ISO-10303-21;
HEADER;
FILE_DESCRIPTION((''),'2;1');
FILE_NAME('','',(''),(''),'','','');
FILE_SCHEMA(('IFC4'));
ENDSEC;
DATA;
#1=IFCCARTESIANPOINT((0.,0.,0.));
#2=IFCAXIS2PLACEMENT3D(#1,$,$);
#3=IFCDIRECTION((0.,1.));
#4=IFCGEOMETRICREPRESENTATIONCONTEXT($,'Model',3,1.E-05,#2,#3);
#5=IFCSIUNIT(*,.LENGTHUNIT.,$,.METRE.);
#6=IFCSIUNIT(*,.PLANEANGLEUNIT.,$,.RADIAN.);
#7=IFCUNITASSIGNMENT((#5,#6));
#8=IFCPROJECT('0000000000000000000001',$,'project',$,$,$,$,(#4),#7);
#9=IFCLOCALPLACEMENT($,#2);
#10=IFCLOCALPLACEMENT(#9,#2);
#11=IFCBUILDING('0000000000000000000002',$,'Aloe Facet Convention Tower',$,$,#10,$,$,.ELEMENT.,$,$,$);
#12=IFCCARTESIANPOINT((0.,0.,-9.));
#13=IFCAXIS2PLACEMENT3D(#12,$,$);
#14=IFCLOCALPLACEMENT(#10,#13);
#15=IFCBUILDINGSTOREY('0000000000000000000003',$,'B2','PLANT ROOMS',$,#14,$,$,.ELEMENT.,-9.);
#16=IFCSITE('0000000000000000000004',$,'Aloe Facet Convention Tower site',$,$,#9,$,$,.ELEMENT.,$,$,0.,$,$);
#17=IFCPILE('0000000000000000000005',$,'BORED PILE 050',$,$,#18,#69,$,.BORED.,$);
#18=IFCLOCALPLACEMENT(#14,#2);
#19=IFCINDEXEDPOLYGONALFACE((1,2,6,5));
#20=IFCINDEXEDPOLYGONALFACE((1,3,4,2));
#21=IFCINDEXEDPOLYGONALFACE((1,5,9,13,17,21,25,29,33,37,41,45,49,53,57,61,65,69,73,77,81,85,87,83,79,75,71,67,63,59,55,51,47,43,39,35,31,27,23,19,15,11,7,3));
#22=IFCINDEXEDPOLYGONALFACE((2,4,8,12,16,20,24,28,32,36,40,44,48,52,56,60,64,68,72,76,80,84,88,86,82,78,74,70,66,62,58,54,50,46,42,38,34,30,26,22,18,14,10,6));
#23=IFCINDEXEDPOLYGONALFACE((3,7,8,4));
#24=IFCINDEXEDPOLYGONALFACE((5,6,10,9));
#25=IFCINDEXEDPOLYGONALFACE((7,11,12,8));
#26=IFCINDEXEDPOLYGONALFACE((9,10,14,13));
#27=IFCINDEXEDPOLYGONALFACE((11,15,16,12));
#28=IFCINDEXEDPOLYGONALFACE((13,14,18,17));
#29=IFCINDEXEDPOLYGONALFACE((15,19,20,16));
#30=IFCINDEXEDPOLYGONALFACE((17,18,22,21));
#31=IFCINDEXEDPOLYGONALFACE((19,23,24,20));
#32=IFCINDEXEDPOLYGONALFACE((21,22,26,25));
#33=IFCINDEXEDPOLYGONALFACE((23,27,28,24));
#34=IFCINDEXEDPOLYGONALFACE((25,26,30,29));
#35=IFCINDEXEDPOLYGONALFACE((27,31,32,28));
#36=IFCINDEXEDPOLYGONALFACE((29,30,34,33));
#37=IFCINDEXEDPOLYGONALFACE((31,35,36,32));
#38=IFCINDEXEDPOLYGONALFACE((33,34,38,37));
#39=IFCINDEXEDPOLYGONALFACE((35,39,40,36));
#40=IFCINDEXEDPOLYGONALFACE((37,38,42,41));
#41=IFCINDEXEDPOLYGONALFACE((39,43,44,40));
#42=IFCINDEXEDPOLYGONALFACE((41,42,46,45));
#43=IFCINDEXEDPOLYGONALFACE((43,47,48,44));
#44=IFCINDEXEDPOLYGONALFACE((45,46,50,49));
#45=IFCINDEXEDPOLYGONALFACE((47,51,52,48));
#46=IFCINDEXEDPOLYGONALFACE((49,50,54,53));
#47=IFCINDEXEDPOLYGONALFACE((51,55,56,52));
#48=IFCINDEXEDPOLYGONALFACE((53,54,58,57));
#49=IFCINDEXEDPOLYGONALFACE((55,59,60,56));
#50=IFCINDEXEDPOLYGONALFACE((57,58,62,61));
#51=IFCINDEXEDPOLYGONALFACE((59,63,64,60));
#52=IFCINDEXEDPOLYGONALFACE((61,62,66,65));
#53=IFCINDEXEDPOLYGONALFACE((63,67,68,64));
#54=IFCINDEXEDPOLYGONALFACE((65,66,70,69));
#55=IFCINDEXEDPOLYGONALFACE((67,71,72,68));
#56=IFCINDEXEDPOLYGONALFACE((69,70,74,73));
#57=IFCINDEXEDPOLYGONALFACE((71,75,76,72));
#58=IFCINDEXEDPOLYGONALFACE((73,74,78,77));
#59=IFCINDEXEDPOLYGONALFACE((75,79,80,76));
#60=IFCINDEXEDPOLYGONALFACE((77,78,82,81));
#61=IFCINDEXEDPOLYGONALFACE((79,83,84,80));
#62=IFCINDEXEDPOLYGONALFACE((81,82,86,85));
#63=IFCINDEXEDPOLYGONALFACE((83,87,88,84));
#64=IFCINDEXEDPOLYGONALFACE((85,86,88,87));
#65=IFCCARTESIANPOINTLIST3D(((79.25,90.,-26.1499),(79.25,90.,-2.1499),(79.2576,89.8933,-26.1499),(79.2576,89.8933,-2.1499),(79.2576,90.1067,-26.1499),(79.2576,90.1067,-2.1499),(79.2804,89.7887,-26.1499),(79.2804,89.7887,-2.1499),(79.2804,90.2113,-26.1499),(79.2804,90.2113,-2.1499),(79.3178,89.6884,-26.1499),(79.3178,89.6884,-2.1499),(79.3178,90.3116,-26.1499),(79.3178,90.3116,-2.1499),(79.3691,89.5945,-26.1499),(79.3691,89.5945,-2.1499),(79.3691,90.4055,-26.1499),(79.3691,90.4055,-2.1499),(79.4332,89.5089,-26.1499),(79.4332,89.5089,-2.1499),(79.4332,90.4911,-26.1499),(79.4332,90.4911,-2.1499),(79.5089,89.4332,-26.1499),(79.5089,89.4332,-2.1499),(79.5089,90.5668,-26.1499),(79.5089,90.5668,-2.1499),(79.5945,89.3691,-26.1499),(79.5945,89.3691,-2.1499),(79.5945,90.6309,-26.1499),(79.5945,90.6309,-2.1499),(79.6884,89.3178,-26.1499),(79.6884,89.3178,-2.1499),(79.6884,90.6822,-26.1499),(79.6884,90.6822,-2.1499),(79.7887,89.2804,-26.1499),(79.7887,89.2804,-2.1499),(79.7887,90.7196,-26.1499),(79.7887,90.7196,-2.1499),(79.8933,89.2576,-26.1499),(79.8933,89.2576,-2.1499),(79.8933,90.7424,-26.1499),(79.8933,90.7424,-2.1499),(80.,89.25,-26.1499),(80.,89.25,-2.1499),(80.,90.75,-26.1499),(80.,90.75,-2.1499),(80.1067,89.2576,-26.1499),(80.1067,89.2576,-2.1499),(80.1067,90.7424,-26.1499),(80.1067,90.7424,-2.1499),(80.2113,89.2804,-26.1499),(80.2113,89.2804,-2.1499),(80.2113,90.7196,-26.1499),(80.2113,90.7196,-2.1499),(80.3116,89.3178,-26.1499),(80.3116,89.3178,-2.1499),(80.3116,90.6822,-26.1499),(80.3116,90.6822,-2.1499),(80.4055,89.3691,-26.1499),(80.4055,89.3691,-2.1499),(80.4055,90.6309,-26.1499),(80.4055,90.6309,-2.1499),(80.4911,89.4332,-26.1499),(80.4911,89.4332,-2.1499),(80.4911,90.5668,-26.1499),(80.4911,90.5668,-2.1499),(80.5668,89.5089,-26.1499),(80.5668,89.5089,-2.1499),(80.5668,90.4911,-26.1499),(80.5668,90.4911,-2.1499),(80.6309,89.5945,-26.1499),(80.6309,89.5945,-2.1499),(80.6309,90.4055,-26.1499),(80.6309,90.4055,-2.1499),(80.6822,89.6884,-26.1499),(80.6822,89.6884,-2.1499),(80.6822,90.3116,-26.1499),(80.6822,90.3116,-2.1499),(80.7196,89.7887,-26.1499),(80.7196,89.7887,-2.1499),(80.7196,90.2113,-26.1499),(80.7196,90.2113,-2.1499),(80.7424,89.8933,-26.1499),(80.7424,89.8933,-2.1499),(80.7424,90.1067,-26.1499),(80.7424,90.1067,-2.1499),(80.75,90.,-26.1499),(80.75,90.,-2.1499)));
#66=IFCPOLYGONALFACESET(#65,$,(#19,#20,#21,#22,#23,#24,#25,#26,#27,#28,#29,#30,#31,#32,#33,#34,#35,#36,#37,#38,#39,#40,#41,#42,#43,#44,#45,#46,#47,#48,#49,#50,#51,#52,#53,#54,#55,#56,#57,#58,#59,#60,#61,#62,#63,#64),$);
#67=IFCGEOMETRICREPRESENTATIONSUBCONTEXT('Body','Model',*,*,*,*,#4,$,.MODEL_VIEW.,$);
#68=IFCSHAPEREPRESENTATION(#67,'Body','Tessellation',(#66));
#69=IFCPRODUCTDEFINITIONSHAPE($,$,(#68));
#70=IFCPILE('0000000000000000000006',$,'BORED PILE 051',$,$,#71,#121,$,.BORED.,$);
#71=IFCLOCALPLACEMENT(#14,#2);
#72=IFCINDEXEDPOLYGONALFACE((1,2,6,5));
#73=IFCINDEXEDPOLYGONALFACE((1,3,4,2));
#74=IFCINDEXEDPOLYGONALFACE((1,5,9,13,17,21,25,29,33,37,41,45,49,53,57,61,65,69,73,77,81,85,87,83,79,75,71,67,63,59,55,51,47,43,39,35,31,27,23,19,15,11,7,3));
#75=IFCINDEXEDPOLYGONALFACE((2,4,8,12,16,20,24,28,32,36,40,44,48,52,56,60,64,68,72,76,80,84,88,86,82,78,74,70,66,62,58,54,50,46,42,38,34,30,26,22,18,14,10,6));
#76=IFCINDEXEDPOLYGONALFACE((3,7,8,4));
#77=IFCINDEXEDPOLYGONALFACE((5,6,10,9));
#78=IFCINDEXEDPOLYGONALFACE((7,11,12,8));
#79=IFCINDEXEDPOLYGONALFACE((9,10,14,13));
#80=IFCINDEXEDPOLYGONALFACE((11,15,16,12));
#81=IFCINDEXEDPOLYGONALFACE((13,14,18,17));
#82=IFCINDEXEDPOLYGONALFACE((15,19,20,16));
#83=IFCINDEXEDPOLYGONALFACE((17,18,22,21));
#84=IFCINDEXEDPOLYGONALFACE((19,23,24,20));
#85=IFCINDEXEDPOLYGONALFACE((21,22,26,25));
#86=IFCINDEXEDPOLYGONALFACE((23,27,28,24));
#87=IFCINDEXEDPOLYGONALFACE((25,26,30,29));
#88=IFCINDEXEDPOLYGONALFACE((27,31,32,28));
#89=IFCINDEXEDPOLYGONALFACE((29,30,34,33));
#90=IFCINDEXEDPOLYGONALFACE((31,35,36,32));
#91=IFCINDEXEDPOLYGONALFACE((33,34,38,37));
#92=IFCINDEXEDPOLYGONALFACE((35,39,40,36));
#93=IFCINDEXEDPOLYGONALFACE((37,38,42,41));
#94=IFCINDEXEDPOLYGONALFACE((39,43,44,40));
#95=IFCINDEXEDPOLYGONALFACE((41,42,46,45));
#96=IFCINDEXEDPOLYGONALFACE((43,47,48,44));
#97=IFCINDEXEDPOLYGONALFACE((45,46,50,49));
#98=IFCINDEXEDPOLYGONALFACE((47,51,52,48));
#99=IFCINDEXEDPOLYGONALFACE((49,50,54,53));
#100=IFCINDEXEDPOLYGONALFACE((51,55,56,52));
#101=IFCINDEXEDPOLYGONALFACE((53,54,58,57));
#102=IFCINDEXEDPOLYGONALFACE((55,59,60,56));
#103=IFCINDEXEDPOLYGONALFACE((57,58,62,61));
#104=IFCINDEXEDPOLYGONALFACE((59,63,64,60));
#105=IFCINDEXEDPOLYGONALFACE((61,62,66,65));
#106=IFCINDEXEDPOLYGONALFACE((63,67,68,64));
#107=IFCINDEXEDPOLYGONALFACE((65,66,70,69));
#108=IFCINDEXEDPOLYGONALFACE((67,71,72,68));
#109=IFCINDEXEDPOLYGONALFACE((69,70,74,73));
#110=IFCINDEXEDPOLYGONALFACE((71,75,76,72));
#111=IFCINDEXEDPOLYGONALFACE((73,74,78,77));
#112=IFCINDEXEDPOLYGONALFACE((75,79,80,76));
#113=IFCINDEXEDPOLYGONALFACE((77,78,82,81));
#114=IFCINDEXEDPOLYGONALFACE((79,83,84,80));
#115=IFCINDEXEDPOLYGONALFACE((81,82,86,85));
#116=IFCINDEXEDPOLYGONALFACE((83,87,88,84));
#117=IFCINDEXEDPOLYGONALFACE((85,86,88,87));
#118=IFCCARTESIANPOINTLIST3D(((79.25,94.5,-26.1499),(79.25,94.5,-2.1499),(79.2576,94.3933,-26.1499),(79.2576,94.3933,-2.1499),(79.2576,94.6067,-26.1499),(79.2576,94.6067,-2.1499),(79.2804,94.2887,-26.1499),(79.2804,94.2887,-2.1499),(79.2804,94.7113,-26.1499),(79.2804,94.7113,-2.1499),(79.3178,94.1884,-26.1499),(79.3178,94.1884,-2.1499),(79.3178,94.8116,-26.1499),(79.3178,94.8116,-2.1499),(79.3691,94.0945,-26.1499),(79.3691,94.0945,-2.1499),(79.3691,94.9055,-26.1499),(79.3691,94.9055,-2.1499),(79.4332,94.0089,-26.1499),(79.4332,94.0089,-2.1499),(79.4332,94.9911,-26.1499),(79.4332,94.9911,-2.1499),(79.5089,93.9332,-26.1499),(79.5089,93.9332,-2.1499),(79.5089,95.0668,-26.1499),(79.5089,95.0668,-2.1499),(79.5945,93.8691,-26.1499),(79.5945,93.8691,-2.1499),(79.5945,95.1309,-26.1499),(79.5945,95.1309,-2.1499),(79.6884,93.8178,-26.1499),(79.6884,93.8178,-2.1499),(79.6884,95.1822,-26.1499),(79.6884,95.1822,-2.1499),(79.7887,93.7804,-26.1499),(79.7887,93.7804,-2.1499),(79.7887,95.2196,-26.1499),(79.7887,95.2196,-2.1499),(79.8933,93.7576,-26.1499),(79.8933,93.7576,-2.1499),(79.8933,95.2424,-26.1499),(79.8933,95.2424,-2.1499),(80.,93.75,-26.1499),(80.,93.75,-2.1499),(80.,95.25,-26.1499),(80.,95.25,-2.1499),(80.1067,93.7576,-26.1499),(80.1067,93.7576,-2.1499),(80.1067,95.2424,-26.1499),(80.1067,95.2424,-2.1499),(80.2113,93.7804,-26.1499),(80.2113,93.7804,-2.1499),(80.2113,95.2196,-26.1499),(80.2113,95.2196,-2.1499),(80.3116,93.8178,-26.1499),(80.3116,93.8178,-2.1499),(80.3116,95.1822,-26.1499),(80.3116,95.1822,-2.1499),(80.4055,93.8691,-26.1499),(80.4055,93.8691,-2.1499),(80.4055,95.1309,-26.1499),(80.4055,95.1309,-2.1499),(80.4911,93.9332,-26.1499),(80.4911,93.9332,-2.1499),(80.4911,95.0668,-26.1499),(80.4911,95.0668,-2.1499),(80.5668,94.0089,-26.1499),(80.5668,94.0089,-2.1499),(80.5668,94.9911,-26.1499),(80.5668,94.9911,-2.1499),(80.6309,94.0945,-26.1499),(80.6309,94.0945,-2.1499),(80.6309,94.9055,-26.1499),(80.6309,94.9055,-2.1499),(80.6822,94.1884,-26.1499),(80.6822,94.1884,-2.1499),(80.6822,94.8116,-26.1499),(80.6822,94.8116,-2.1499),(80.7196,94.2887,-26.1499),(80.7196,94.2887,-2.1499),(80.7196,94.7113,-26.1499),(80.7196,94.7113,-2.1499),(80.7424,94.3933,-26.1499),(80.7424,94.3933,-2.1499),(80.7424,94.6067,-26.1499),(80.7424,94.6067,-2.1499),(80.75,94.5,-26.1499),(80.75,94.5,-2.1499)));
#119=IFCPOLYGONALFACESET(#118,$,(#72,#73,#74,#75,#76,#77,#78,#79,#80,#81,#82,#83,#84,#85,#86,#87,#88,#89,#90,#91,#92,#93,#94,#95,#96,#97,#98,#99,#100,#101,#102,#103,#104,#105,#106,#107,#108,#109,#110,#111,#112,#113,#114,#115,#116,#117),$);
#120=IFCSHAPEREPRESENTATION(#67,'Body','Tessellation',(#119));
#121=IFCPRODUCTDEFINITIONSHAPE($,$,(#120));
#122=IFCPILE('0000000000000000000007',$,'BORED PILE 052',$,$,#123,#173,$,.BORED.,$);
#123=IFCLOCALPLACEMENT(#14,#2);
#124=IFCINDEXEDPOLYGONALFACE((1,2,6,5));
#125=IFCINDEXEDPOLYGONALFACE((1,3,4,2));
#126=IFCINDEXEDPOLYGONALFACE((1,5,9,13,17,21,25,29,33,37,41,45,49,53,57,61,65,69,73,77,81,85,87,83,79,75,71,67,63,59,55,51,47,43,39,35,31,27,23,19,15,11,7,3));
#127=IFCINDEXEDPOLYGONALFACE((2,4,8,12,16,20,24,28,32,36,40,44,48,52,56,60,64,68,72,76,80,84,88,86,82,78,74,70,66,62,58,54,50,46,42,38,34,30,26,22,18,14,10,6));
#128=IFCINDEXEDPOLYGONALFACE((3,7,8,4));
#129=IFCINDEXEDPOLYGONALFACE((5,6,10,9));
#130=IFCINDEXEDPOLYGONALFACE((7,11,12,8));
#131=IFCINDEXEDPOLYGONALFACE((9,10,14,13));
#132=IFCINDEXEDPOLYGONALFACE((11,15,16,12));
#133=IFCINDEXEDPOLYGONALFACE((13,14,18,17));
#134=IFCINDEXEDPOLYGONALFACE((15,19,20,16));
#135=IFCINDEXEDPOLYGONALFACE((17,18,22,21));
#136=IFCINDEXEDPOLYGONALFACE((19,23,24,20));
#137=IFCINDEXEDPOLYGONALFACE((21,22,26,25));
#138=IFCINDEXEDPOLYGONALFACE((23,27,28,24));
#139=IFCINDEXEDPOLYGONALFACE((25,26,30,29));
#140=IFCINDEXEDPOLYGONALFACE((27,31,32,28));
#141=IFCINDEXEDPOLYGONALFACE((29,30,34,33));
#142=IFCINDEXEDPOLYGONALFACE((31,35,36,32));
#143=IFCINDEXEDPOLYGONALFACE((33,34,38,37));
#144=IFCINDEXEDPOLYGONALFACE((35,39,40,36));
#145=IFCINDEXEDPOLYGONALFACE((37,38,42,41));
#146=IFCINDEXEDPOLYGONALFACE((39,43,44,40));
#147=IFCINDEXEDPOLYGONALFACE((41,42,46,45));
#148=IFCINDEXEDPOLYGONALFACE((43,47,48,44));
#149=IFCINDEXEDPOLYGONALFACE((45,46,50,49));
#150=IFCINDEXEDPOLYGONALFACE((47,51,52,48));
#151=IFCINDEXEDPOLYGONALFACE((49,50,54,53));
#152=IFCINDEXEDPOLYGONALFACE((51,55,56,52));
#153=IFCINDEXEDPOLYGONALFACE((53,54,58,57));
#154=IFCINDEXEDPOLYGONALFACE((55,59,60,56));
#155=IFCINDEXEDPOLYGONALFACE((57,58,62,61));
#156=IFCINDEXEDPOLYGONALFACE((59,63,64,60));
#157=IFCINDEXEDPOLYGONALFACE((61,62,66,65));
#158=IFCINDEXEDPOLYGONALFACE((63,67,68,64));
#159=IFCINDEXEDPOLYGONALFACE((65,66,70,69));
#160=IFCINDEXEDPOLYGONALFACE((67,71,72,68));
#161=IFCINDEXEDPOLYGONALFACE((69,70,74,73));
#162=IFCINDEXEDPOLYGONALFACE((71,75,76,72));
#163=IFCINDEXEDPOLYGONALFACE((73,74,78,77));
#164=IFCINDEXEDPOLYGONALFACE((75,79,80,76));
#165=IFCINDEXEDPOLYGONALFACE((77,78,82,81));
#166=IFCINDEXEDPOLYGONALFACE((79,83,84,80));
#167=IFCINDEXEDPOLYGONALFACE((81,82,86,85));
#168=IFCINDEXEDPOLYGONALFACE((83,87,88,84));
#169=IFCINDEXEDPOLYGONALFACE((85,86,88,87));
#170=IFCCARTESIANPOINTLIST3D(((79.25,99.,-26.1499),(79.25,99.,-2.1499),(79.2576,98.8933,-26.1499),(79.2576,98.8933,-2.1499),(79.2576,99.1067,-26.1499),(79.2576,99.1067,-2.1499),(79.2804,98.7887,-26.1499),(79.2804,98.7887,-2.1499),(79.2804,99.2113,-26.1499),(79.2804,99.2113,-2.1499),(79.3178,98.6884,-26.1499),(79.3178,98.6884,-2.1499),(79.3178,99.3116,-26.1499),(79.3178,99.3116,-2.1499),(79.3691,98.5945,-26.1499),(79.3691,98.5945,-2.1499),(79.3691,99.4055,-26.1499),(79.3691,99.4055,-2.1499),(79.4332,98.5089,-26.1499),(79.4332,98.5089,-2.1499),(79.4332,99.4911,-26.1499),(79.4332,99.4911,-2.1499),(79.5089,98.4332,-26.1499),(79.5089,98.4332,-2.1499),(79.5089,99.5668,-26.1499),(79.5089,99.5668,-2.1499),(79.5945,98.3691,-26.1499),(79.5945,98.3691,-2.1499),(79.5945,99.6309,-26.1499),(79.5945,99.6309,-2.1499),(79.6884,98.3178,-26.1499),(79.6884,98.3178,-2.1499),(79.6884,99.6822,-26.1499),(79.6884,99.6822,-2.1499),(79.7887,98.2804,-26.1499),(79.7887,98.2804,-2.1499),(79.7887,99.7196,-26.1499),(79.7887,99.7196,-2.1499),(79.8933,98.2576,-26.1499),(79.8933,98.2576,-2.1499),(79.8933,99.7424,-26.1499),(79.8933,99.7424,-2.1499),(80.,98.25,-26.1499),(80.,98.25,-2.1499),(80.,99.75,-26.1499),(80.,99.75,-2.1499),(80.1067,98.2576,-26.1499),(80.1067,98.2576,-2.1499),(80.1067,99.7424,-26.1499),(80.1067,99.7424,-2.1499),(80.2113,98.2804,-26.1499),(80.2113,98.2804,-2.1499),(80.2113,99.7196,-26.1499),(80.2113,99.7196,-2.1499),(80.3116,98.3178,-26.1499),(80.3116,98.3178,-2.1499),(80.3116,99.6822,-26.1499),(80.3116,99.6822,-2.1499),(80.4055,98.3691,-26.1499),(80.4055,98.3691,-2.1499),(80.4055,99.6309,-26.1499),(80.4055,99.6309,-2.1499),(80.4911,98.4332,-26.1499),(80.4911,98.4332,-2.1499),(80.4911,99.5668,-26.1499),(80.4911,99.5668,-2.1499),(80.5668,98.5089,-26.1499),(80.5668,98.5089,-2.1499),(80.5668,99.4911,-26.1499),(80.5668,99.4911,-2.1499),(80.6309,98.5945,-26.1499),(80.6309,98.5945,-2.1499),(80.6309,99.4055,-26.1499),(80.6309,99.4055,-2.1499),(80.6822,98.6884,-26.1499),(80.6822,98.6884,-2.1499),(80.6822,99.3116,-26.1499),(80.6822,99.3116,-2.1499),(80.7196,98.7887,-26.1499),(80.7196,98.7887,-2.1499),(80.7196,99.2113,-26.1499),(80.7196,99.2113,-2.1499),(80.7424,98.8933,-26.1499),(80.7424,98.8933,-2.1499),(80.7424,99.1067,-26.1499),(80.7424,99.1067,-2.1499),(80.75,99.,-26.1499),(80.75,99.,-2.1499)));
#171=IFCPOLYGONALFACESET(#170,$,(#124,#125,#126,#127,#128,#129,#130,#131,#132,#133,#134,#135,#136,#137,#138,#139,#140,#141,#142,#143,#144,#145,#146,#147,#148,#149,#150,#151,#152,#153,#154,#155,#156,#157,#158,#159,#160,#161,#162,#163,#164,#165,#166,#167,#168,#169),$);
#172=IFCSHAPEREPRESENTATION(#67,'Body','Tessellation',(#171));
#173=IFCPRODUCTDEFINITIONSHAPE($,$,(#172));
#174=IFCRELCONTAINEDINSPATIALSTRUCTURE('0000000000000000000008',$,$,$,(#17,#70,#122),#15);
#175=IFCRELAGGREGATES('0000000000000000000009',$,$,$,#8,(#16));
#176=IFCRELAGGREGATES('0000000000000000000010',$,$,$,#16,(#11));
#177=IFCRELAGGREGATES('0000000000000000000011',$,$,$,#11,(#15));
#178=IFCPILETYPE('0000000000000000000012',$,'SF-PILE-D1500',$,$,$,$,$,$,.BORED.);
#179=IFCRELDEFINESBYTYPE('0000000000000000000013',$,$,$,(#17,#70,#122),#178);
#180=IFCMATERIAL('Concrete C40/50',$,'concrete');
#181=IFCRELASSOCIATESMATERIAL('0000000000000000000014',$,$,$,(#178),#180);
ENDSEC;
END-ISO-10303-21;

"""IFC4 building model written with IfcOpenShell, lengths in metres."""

from ifc_helpers import new_model, si_unit, direction, frame, origin, origin_2d, place, context, subcontext, project, spatial, circle, extrude, material, material_profile, profile_set, type_object, element, save


model = new_model("IFC4")

# Units and contexts
model_context = context("Model", 3, precision=1e-05, world=origin(), true_north=direction((0.0, 1.0)))
body_context = subcontext(model_context, "Body", "Model", "MODEL_VIEW")
ifc_project = project(units=[si_unit("LENGTHUNIT", "METRE"), si_unit("PLANEANGLEUNIT", "RADIAN")], contexts=[model_context])

# Site, building, storey
site_placement = place(None, origin())
site = spatial("IfcSite", under=ifc_project, at=site_placement, Name="Aloe Facet Convention Tower site", CompositionType="ELEMENT", RefElevation=0.0)
building_placement = place(site_placement, origin())
building = spatial("IfcBuilding", under=site, at=building_placement, Name="Aloe Facet Convention Tower", CompositionType="ELEMENT")
storey_placement = place(building_placement, frame((0.0, 0.0, -9.0)))
storey = spatial("IfcBuildingStorey", under=building, at=storey_placement, Name="B2", Description="PLANT ROOMS", CompositionType="ELEMENT", Elevation=-9.0)

# Piles
ifc_material_1 = material(Name="Concrete C40/50", Category="concrete")
ifc_material_profile_1 = material_profile(ifc_material_1, circle(Radius=0.75, at=origin_2d()), Name="D1500")
ifc_profile_set_1 = profile_set([ifc_material_profile_1], Name="Concrete C40/50")
pile_type = type_object("IfcPileType", Name="SF-PILE-D1500", PredefinedType="BORED", material=ifc_profile_set_1)
for number, where, z_axis, x_axis, name in (
    (1, (80.0, 90.0, -2.1499), (0.0, 0.0, -1.0), (1.0, 0.0, 0.0), "BORED PILE 050"),
    (2, (80.0, 94.5, -2.1499), (0.0, 0.0, -1.0), (1.0, 0.0, 0.0), "BORED PILE 051"),
    (3, (80.0, 99.0, -2.1499), (0.0, 0.0, -1.0), (1.0, 0.0, 0.0), "BORED PILE 052"),
):
    element("IfcPile", number, at=place(storey_placement, frame(where, z_axis=z_axis, x_axis=x_axis)), inside=storey, type_object=pile_type, Name=name, PredefinedType="BORED", context=body_context, shape_type="SweptSolid", body=[
        extrude(circle(Radius=0.75, at=origin_2d()), origin(), (0.0, 0.0, 1.0), 24.0),
    ])

save(model, "model.ifc")
